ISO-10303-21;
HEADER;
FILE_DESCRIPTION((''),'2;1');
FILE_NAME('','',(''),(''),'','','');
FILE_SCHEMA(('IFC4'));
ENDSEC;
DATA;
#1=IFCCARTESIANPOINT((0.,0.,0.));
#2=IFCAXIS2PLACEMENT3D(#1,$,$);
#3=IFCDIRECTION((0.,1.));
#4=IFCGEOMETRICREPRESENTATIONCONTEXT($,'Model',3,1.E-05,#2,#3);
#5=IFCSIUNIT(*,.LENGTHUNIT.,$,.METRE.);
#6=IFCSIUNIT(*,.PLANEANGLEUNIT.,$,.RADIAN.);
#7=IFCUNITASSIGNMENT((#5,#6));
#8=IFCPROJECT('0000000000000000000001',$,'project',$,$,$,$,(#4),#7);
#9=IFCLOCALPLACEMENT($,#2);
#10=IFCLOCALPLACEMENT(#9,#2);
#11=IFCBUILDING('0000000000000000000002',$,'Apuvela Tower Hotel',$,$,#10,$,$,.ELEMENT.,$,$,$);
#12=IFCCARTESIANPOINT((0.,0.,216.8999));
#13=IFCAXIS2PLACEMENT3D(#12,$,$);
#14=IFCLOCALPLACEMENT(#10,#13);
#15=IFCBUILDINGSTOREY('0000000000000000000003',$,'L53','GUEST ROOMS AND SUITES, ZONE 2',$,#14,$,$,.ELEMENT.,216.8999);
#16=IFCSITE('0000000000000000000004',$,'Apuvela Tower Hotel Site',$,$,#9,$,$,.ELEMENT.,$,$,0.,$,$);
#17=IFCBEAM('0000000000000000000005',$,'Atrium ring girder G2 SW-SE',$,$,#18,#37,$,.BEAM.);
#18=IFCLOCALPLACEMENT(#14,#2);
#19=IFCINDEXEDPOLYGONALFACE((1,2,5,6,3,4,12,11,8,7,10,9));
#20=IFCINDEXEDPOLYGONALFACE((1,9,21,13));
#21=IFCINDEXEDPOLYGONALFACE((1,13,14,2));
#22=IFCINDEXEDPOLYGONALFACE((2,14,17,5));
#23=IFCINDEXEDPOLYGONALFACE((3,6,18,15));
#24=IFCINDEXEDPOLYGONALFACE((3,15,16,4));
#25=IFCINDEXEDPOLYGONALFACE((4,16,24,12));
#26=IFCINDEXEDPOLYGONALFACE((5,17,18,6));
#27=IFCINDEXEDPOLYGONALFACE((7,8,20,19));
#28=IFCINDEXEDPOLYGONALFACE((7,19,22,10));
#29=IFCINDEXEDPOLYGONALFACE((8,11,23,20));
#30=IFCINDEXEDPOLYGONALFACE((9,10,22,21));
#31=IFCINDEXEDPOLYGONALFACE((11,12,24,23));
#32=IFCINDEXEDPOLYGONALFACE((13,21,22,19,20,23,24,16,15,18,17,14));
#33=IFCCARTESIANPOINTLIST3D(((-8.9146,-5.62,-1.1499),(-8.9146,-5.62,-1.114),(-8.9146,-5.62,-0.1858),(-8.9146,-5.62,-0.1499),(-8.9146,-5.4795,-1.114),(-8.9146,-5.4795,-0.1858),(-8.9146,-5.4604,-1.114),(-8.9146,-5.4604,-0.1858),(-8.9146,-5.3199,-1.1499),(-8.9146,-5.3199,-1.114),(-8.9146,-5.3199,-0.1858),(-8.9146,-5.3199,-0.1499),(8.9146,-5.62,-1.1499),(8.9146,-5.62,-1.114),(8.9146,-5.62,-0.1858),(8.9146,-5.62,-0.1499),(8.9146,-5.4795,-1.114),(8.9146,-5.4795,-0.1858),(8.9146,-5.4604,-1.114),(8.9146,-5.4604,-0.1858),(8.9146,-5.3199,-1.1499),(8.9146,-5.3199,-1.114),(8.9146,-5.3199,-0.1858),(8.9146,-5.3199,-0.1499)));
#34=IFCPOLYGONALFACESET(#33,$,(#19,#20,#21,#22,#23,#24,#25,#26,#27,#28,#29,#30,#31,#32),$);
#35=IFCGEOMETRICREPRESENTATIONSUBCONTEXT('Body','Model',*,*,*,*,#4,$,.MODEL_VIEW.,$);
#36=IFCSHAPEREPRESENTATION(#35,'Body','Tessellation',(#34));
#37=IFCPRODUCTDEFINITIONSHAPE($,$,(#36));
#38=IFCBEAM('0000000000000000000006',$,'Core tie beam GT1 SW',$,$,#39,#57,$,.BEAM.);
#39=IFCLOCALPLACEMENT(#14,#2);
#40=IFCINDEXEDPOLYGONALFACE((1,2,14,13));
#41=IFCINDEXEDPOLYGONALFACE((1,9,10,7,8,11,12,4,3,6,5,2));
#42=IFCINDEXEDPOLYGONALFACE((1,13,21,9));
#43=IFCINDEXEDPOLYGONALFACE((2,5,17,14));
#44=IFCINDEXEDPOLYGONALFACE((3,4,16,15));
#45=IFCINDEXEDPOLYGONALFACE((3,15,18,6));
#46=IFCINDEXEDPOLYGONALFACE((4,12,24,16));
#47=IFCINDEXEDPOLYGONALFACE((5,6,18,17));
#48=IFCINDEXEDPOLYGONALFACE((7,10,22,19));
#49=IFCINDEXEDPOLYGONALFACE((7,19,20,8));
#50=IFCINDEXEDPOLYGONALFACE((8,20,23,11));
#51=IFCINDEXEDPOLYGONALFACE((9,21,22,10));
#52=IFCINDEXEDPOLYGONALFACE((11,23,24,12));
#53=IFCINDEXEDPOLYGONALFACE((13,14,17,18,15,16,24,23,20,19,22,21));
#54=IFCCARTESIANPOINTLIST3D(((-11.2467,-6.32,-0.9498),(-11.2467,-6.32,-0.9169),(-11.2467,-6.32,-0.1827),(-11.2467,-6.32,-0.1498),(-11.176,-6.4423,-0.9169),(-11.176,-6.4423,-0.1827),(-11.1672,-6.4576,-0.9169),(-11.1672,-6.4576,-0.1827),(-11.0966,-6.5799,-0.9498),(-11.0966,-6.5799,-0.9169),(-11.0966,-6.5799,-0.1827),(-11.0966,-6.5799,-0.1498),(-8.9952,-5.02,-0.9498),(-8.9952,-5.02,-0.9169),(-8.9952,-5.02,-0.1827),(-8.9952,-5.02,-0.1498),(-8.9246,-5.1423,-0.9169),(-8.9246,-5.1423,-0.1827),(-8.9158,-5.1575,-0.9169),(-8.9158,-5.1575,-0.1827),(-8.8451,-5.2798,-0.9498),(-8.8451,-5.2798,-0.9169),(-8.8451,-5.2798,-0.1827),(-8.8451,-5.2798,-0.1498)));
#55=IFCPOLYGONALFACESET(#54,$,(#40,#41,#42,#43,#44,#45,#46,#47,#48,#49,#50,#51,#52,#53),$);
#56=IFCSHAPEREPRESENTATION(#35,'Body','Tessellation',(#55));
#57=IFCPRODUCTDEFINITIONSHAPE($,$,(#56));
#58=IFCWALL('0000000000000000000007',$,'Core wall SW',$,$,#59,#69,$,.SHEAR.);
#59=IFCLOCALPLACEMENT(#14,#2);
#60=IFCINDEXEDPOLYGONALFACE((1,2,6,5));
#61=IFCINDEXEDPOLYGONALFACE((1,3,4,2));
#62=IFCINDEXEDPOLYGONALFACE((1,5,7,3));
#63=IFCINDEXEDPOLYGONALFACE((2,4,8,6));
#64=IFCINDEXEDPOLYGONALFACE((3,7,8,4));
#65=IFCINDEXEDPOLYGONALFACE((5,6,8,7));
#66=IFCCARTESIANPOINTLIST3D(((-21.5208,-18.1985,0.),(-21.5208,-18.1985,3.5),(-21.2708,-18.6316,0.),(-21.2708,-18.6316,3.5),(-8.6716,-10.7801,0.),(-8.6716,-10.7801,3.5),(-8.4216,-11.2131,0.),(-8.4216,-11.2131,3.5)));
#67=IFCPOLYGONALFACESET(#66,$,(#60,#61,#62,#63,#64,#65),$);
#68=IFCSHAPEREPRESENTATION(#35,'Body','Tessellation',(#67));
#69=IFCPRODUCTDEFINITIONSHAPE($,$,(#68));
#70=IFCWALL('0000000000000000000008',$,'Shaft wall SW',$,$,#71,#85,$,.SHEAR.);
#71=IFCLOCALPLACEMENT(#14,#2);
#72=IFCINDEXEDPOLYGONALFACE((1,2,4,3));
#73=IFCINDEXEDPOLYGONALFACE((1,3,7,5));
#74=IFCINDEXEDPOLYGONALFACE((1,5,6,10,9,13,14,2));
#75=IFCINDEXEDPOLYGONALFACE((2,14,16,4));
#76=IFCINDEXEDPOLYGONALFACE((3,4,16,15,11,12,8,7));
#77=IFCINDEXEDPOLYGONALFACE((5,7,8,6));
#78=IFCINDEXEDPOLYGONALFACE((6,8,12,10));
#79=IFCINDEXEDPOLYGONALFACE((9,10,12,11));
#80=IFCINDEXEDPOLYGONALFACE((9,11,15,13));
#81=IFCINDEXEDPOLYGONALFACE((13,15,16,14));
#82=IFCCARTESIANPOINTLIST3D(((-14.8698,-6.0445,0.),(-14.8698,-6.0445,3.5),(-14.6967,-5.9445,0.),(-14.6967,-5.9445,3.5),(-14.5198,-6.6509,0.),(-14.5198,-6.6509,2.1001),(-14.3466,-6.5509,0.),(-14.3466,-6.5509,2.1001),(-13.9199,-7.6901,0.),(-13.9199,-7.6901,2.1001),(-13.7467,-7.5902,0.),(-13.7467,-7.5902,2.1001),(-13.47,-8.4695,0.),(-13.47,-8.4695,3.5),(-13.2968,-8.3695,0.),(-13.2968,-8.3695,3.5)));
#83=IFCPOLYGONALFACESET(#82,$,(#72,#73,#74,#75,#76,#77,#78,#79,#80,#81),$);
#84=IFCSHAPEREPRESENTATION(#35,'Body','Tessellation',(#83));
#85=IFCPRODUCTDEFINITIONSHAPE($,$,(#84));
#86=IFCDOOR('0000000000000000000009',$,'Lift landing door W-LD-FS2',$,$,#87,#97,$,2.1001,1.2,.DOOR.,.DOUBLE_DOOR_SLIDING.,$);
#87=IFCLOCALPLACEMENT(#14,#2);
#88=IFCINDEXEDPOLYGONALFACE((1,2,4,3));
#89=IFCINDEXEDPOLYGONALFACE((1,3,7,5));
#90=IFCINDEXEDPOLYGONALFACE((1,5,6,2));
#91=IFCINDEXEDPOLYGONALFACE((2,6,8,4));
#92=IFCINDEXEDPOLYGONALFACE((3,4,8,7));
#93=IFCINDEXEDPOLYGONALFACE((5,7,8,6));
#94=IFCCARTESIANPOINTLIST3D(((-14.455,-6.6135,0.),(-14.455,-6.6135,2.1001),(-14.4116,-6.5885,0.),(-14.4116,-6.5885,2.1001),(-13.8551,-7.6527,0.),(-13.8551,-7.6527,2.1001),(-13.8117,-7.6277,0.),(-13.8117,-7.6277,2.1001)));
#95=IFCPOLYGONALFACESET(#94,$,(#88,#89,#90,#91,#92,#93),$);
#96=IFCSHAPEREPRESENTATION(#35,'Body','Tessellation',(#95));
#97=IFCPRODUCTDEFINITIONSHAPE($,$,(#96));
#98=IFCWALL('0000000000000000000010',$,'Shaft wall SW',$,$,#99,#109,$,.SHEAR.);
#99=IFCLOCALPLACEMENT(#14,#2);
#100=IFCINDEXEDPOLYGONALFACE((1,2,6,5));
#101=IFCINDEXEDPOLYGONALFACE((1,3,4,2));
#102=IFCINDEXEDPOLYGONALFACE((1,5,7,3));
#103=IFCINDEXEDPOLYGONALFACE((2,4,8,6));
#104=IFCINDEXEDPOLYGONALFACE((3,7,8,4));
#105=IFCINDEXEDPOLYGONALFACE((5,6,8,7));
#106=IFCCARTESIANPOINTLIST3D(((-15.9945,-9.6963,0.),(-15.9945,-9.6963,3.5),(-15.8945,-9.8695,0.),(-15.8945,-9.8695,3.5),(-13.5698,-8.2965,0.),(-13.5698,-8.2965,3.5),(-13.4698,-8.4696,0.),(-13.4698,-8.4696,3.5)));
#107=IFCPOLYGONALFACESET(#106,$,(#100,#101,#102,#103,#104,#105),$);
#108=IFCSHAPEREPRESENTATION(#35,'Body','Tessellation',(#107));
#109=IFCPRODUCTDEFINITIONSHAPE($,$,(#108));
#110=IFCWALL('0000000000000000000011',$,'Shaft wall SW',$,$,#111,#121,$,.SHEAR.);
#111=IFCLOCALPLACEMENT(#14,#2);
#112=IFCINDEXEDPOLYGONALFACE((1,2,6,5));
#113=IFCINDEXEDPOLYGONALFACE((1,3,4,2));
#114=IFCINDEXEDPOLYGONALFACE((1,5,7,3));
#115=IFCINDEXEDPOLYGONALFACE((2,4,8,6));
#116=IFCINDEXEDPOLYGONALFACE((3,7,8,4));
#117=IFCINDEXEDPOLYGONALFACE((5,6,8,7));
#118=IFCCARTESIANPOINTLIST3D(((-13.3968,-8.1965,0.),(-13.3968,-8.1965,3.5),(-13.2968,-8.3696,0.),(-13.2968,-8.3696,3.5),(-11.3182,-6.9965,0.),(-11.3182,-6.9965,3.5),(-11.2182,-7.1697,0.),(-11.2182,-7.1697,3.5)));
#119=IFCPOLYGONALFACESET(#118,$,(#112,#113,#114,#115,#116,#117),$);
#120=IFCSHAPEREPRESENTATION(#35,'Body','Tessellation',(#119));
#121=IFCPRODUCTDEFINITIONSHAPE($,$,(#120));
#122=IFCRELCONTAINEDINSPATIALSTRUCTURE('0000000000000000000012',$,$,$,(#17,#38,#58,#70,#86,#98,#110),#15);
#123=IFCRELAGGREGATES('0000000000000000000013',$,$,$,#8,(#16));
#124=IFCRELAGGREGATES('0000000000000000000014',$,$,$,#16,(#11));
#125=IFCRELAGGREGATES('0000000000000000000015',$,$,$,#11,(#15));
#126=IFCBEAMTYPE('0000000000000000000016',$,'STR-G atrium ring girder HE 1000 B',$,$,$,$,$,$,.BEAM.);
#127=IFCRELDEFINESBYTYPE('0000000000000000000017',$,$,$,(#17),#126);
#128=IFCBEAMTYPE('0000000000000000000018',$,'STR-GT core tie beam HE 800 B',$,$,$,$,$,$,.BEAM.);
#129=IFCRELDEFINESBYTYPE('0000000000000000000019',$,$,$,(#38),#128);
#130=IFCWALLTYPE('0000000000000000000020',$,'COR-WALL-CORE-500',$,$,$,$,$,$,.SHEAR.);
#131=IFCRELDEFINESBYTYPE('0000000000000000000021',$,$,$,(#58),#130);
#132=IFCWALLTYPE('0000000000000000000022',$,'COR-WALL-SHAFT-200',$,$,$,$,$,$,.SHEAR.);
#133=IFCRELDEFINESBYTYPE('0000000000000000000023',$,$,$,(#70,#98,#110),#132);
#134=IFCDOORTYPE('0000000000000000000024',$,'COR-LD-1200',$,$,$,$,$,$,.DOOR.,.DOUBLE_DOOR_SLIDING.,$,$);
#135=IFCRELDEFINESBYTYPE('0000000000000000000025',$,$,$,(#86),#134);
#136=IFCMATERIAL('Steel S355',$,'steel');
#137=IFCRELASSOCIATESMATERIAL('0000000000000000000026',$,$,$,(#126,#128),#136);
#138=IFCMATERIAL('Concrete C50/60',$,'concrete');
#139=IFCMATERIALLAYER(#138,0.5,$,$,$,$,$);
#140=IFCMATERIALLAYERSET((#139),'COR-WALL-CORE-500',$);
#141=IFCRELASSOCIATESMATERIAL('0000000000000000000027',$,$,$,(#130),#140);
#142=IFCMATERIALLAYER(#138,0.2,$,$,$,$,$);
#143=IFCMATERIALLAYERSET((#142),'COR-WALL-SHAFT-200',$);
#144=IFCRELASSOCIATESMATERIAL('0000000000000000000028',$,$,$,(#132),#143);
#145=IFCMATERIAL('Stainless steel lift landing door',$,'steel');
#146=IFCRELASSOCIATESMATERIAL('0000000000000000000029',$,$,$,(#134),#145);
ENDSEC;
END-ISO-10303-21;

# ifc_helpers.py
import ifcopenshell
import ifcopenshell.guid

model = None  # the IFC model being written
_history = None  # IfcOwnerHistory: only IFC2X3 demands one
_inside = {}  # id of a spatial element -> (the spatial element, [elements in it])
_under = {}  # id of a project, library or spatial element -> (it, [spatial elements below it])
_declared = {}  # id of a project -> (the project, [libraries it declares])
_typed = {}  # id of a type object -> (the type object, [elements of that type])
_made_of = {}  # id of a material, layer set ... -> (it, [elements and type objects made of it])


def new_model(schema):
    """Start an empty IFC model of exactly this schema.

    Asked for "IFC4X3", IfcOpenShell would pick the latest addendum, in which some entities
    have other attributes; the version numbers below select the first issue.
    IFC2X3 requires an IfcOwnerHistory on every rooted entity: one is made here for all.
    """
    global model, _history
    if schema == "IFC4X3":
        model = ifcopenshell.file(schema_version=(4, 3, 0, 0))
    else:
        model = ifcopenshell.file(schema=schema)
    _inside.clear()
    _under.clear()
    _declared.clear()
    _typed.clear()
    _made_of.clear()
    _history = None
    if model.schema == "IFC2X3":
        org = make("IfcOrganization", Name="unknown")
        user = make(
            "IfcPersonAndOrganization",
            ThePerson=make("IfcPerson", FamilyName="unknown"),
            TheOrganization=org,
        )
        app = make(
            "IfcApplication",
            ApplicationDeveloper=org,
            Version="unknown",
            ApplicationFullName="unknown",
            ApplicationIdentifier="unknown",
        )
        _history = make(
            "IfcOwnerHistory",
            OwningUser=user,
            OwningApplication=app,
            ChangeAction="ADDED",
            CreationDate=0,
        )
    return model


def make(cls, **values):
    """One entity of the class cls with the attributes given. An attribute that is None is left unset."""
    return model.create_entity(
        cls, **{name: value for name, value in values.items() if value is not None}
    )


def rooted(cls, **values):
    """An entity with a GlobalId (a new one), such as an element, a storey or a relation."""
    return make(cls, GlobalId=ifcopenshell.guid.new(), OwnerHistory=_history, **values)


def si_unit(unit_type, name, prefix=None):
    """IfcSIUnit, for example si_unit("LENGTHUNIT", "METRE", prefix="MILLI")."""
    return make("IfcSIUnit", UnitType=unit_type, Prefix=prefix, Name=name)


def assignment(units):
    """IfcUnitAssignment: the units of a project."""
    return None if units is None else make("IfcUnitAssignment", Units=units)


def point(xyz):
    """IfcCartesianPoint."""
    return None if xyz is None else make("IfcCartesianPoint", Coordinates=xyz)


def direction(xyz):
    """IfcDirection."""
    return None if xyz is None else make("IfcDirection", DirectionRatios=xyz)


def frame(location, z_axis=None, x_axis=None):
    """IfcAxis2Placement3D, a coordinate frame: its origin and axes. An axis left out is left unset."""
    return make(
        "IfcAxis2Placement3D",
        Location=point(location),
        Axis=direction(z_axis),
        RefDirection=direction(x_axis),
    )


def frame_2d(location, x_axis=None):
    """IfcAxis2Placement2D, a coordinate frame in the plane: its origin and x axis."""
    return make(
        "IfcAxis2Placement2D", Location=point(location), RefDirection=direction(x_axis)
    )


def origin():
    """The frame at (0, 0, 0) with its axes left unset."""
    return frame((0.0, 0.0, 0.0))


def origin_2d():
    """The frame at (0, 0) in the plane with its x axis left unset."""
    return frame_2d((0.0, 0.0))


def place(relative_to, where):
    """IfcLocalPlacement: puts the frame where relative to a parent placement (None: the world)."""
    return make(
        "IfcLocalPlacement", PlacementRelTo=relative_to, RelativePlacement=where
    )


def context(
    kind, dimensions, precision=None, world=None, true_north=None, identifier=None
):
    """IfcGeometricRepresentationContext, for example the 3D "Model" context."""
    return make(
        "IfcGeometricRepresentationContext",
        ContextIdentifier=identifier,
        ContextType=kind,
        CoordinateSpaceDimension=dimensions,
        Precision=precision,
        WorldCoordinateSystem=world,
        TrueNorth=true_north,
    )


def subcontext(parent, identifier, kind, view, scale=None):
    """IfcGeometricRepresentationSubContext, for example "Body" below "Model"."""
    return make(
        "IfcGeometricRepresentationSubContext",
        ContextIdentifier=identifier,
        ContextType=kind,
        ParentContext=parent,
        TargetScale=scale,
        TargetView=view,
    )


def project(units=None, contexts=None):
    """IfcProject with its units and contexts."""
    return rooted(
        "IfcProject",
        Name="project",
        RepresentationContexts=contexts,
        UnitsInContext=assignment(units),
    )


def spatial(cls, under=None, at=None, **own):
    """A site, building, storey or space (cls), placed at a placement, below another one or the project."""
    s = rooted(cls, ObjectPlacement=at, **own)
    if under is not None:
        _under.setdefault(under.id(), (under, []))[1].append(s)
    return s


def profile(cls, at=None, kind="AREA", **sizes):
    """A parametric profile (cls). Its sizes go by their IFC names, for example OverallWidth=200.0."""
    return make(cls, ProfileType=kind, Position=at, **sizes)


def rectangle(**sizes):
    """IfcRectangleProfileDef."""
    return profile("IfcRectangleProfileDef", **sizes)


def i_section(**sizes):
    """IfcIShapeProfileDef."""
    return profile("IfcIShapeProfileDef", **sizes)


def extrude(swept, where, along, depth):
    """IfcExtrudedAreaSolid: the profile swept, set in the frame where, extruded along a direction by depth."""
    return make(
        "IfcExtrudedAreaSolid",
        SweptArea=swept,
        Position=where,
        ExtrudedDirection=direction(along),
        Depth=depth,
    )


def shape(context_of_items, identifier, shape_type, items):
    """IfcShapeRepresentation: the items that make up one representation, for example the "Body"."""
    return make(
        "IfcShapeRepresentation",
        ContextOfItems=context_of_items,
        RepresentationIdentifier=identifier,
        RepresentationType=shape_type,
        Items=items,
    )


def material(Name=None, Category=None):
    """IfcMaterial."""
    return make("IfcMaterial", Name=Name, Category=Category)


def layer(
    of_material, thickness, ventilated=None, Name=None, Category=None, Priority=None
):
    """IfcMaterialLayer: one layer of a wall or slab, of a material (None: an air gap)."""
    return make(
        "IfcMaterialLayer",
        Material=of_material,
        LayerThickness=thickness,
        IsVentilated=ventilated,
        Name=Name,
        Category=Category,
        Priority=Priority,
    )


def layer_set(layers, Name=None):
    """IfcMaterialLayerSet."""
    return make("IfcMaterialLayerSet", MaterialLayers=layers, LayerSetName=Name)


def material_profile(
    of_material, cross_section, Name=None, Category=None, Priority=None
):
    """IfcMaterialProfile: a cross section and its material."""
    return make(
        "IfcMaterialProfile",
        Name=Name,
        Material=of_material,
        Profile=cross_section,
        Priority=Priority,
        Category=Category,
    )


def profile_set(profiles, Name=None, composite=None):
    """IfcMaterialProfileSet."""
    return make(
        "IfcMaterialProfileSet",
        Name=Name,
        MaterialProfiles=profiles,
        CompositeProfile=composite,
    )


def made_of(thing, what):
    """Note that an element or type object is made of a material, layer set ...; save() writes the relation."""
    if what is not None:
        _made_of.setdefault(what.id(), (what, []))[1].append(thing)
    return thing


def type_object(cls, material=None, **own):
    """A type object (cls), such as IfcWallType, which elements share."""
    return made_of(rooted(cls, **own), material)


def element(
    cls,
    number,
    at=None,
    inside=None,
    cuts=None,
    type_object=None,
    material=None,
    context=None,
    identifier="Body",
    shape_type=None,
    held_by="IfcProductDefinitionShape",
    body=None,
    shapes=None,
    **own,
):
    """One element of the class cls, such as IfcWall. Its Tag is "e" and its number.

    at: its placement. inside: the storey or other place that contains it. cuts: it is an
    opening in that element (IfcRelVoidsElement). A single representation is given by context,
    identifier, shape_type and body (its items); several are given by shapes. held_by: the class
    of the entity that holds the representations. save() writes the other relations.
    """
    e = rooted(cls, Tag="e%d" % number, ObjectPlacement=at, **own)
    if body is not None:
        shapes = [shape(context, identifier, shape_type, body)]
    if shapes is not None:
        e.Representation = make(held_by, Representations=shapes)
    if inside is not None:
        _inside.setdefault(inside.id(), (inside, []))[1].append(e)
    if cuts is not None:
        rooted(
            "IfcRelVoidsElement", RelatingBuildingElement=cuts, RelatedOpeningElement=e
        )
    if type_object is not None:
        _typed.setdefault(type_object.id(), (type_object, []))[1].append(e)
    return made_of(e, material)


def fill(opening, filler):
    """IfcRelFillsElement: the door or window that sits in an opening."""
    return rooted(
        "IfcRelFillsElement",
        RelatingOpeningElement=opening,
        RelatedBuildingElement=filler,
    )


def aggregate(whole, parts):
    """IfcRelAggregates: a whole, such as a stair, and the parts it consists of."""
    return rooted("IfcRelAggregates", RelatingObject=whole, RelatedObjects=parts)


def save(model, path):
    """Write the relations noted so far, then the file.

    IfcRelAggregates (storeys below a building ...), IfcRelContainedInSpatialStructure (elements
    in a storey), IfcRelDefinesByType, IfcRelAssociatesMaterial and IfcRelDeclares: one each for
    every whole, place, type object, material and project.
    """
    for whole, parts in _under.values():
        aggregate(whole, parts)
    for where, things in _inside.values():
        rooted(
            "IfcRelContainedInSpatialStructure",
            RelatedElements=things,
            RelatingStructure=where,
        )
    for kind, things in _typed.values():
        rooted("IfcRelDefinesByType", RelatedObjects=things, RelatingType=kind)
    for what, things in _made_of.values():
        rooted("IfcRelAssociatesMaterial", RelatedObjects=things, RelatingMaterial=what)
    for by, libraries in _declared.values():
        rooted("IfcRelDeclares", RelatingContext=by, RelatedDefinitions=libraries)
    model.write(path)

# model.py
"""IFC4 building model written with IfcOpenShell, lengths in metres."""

from ifc_helpers import new_model, si_unit, direction, frame, frame_2d, origin, origin_2d, place, context, subcontext, project, spatial, rectangle, i_section, extrude, material, layer, layer_set, material_profile, profile_set, type_object, element, fill, save


model = new_model("IFC4")

# Units and contexts
model_context = context("Model", 3, precision=1e-05, world=origin(), true_north=direction((0.0, 1.0)))
body_context = subcontext(model_context, "Body", "Model", "MODEL_VIEW")
ifc_project = project(units=[si_unit("LENGTHUNIT", "METRE"), si_unit("PLANEANGLEUNIT", "RADIAN")], contexts=[model_context])

# Site, building, storey
site_placement = place(None, origin())
site = spatial("IfcSite", under=ifc_project, at=site_placement, Name="Apuvela Tower Hotel Site", CompositionType="ELEMENT", RefElevation=0.0)
building_placement = place(site_placement, origin())
building = spatial("IfcBuilding", under=site, at=building_placement, Name="Apuvela Tower Hotel", CompositionType="ELEMENT")
storey_placement = place(building_placement, frame((0.0, 0.0, 216.8999)))
storey = spatial("IfcBuildingStorey", under=building, at=storey_placement, Name="L53", Description="GUEST ROOMS AND SUITES, ZONE 2", CompositionType="ELEMENT", Elevation=216.8999)

# Beams
ifc_material_1 = material(Name="Steel S355", Category="steel")
ifc_material_profile_1 = material_profile(ifc_material_1, i_section(OverallWidth=0.3, OverallDepth=1.0, WebThickness=0.019, FlangeThickness=0.0359, at=origin_2d()), Name="HE 1000 B")
ifc_profile_set_1 = profile_set([ifc_material_profile_1], Name="Steel S355")
beam_type_1 = type_object("IfcBeamType", Name="STR-G atrium ring girder HE 1000 B", PredefinedType="BEAM", material=ifc_profile_set_1)
beam_1_placement = place(storey_placement, frame((-8.9146, -5.47, -0.6499), z_axis=(1.0, 0.0, 0.0), x_axis=(0.0, 1.0, 0.0)))
element("IfcBeam", 1, at=beam_1_placement, inside=storey, type_object=beam_type_1, Name="Atrium ring girder G2 SW-SE", PredefinedType="BEAM", context=body_context, shape_type="SweptSolid", body=[
    extrude(i_section(OverallWidth=0.3, OverallDepth=1.0, WebThickness=0.019, FlangeThickness=0.0359, at=origin_2d()), origin(), (0.0, 0.0, 1.0), 17.8291),
])
ifc_material_profile_2 = material_profile(ifc_material_1, i_section(OverallWidth=0.3, OverallDepth=0.8, WebThickness=0.0176, FlangeThickness=0.033, at=origin_2d()), Name="HE 800 B")
ifc_profile_set_2 = profile_set([ifc_material_profile_2], Name="Steel S355")
beam_type_2 = type_object("IfcBeamType", Name="STR-GT core tie beam HE 800 B", PredefinedType="BEAM", material=ifc_profile_set_2)
beam_2_placement = place(storey_placement, frame((-11.1716, -6.45, -0.5498), z_axis=(0.865998, 0.500048, 0.0), x_axis=(-0.500048, 0.865998, 0.0)))
element("IfcBeam", 2, at=beam_2_placement, inside=storey, type_object=beam_type_2, Name="Core tie beam GT1 SW", PredefinedType="BEAM", context=body_context, shape_type="SweptSolid", body=[
    extrude(i_section(OverallWidth=0.3, OverallDepth=0.8, WebThickness=0.0176, FlangeThickness=0.033, at=origin_2d()), origin(), (0.0, 0.0, 1.0), 2.5999),
])

# Wall
ifc_material_2 = material(Name="Concrete C50/60", Category="concrete")
ifc_layer_1 = layer(ifc_material_2, 0.5)
ifc_layer_set_1 = layer_set([ifc_layer_1], Name="COR-WALL-CORE-500")
wall_type_1 = type_object("IfcWallType", Name="COR-WALL-CORE-500", PredefinedType="SHEAR", material=ifc_layer_set_1)
wall_1_placement = place(storey_placement, frame((-8.5466, -10.9966, 0.0), z_axis=(0.0, 0.0, 1.0), x_axis=(-0.866025, -0.500001, 0.0)))
element("IfcWall", 3, at=wall_1_placement, inside=storey, type_object=wall_type_1, Name="Core wall SW", PredefinedType="SHEAR", context=body_context, shape_type="SweptSolid", body=[
    extrude(rectangle(XDim=14.8369, YDim=0.5, at=frame_2d((7.4185, 0.0))), origin(), (0.0, 0.0, 1.0), 3.5),
])

# Wall, opening, door
ifc_layer_2 = layer(ifc_material_2, 0.2)
ifc_layer_set_2 = layer_set([ifc_layer_2], Name="COR-WALL-SHAFT-200")
wall_type_2 = type_object("IfcWallType", Name="COR-WALL-SHAFT-200", PredefinedType="SHEAR", material=ifc_layer_set_2)
wall_2_placement = place(storey_placement, frame((-14.7832, -5.9946, 0.0), z_axis=(0.0, 0.0, 1.0), x_axis=(0.499946, -0.866056, 0.0)))
wall_2 = element("IfcWall", 4, at=wall_2_placement, inside=storey, type_object=wall_type_2, Name="Shaft wall SW", PredefinedType="SHEAR", context=body_context, shape_type="SweptSolid", body=[
    extrude(rectangle(XDim=2.8, YDim=0.2, at=frame_2d((1.3999, 0.0))), origin(), (0.0, 0.0, 1.0), 3.5),
])
opening_1_placement = place(wall_2_placement, frame((0.7, 0.0, 0.0)))
opening_1 = element("IfcOpeningElement", 5, at=opening_1_placement, cuts=wall_2, PredefinedType="OPENING", context=body_context, shape_type="SweptSolid", body=[
    extrude(rectangle(XDim=1.2, YDim=2.1001, at=frame_2d((0.6001, 1.05))), frame((0.0, 0.1099, 0.0), z_axis=(0.0, -1.0, 0.0), x_axis=(1.0, 0.0, 0.0)), (0.0, 0.0, 1.0), 0.22),
])
ifc_material_3 = material(Name="Stainless steel lift landing door", Category="steel")
door_type_1 = type_object("IfcDoorType", Name="COR-LD-1200", OperationType="DOUBLE_DOOR_SLIDING", PredefinedType="DOOR", material=ifc_material_3)
door_1_placement = place(opening_1_placement, origin())
door_1 = element("IfcDoor", 6, at=door_1_placement, inside=storey, type_object=door_type_1, Name="Lift landing door W-LD-FS2", OperationType="DOUBLE_DOOR_SLIDING", OverallHeight=2.1001, OverallWidth=1.2, PredefinedType="DOOR", context=body_context, shape_type="SweptSolid", body=[
    extrude(rectangle(XDim=1.2, YDim=2.1001, at=frame_2d((0.6001, 1.05))), frame((0.0, 0.0249, 0.0), z_axis=(0.0, -1.0, 0.0), x_axis=(1.0, 0.0, 0.0)), (0.0, 0.0, 1.0), 0.05),
])
fill(opening_1, door_1)

# Walls
wall_3_placement = place(storey_placement, frame((-13.5198, -8.3831, 0.0), z_axis=(0.0, 0.0, 1.0), x_axis=(-0.866035, -0.499984, 0.0)))
element("IfcWall", 7, at=wall_3_placement, inside=storey, type_object=wall_type_2, Name="Shaft wall SW", PredefinedType="SHEAR", context=body_context, shape_type="SweptSolid", body=[
    extrude(rectangle(XDim=2.7998, YDim=0.2, at=frame_2d((1.3999, 0.0))), origin(), (0.0, 0.0, 1.0), 3.5),
])
wall_4_placement = place(storey_placement, frame((-11.2681, -7.083, 0.0), z_axis=(0.0, 0.0, 1.0), x_axis=(-0.86605, -0.499957, 0.0)))
element("IfcWall", 8, at=wall_4_placement, inside=storey, type_object=wall_type_2, Name="Shaft wall SW", PredefinedType="SHEAR", context=body_context, shape_type="SweptSolid", body=[
    extrude(rectangle(XDim=2.4001, YDim=0.2, at=frame_2d((1.2002, 0.0))), origin(), (0.0, 0.0, 1.0), 3.5),
])

save(model, "model.ifc")
